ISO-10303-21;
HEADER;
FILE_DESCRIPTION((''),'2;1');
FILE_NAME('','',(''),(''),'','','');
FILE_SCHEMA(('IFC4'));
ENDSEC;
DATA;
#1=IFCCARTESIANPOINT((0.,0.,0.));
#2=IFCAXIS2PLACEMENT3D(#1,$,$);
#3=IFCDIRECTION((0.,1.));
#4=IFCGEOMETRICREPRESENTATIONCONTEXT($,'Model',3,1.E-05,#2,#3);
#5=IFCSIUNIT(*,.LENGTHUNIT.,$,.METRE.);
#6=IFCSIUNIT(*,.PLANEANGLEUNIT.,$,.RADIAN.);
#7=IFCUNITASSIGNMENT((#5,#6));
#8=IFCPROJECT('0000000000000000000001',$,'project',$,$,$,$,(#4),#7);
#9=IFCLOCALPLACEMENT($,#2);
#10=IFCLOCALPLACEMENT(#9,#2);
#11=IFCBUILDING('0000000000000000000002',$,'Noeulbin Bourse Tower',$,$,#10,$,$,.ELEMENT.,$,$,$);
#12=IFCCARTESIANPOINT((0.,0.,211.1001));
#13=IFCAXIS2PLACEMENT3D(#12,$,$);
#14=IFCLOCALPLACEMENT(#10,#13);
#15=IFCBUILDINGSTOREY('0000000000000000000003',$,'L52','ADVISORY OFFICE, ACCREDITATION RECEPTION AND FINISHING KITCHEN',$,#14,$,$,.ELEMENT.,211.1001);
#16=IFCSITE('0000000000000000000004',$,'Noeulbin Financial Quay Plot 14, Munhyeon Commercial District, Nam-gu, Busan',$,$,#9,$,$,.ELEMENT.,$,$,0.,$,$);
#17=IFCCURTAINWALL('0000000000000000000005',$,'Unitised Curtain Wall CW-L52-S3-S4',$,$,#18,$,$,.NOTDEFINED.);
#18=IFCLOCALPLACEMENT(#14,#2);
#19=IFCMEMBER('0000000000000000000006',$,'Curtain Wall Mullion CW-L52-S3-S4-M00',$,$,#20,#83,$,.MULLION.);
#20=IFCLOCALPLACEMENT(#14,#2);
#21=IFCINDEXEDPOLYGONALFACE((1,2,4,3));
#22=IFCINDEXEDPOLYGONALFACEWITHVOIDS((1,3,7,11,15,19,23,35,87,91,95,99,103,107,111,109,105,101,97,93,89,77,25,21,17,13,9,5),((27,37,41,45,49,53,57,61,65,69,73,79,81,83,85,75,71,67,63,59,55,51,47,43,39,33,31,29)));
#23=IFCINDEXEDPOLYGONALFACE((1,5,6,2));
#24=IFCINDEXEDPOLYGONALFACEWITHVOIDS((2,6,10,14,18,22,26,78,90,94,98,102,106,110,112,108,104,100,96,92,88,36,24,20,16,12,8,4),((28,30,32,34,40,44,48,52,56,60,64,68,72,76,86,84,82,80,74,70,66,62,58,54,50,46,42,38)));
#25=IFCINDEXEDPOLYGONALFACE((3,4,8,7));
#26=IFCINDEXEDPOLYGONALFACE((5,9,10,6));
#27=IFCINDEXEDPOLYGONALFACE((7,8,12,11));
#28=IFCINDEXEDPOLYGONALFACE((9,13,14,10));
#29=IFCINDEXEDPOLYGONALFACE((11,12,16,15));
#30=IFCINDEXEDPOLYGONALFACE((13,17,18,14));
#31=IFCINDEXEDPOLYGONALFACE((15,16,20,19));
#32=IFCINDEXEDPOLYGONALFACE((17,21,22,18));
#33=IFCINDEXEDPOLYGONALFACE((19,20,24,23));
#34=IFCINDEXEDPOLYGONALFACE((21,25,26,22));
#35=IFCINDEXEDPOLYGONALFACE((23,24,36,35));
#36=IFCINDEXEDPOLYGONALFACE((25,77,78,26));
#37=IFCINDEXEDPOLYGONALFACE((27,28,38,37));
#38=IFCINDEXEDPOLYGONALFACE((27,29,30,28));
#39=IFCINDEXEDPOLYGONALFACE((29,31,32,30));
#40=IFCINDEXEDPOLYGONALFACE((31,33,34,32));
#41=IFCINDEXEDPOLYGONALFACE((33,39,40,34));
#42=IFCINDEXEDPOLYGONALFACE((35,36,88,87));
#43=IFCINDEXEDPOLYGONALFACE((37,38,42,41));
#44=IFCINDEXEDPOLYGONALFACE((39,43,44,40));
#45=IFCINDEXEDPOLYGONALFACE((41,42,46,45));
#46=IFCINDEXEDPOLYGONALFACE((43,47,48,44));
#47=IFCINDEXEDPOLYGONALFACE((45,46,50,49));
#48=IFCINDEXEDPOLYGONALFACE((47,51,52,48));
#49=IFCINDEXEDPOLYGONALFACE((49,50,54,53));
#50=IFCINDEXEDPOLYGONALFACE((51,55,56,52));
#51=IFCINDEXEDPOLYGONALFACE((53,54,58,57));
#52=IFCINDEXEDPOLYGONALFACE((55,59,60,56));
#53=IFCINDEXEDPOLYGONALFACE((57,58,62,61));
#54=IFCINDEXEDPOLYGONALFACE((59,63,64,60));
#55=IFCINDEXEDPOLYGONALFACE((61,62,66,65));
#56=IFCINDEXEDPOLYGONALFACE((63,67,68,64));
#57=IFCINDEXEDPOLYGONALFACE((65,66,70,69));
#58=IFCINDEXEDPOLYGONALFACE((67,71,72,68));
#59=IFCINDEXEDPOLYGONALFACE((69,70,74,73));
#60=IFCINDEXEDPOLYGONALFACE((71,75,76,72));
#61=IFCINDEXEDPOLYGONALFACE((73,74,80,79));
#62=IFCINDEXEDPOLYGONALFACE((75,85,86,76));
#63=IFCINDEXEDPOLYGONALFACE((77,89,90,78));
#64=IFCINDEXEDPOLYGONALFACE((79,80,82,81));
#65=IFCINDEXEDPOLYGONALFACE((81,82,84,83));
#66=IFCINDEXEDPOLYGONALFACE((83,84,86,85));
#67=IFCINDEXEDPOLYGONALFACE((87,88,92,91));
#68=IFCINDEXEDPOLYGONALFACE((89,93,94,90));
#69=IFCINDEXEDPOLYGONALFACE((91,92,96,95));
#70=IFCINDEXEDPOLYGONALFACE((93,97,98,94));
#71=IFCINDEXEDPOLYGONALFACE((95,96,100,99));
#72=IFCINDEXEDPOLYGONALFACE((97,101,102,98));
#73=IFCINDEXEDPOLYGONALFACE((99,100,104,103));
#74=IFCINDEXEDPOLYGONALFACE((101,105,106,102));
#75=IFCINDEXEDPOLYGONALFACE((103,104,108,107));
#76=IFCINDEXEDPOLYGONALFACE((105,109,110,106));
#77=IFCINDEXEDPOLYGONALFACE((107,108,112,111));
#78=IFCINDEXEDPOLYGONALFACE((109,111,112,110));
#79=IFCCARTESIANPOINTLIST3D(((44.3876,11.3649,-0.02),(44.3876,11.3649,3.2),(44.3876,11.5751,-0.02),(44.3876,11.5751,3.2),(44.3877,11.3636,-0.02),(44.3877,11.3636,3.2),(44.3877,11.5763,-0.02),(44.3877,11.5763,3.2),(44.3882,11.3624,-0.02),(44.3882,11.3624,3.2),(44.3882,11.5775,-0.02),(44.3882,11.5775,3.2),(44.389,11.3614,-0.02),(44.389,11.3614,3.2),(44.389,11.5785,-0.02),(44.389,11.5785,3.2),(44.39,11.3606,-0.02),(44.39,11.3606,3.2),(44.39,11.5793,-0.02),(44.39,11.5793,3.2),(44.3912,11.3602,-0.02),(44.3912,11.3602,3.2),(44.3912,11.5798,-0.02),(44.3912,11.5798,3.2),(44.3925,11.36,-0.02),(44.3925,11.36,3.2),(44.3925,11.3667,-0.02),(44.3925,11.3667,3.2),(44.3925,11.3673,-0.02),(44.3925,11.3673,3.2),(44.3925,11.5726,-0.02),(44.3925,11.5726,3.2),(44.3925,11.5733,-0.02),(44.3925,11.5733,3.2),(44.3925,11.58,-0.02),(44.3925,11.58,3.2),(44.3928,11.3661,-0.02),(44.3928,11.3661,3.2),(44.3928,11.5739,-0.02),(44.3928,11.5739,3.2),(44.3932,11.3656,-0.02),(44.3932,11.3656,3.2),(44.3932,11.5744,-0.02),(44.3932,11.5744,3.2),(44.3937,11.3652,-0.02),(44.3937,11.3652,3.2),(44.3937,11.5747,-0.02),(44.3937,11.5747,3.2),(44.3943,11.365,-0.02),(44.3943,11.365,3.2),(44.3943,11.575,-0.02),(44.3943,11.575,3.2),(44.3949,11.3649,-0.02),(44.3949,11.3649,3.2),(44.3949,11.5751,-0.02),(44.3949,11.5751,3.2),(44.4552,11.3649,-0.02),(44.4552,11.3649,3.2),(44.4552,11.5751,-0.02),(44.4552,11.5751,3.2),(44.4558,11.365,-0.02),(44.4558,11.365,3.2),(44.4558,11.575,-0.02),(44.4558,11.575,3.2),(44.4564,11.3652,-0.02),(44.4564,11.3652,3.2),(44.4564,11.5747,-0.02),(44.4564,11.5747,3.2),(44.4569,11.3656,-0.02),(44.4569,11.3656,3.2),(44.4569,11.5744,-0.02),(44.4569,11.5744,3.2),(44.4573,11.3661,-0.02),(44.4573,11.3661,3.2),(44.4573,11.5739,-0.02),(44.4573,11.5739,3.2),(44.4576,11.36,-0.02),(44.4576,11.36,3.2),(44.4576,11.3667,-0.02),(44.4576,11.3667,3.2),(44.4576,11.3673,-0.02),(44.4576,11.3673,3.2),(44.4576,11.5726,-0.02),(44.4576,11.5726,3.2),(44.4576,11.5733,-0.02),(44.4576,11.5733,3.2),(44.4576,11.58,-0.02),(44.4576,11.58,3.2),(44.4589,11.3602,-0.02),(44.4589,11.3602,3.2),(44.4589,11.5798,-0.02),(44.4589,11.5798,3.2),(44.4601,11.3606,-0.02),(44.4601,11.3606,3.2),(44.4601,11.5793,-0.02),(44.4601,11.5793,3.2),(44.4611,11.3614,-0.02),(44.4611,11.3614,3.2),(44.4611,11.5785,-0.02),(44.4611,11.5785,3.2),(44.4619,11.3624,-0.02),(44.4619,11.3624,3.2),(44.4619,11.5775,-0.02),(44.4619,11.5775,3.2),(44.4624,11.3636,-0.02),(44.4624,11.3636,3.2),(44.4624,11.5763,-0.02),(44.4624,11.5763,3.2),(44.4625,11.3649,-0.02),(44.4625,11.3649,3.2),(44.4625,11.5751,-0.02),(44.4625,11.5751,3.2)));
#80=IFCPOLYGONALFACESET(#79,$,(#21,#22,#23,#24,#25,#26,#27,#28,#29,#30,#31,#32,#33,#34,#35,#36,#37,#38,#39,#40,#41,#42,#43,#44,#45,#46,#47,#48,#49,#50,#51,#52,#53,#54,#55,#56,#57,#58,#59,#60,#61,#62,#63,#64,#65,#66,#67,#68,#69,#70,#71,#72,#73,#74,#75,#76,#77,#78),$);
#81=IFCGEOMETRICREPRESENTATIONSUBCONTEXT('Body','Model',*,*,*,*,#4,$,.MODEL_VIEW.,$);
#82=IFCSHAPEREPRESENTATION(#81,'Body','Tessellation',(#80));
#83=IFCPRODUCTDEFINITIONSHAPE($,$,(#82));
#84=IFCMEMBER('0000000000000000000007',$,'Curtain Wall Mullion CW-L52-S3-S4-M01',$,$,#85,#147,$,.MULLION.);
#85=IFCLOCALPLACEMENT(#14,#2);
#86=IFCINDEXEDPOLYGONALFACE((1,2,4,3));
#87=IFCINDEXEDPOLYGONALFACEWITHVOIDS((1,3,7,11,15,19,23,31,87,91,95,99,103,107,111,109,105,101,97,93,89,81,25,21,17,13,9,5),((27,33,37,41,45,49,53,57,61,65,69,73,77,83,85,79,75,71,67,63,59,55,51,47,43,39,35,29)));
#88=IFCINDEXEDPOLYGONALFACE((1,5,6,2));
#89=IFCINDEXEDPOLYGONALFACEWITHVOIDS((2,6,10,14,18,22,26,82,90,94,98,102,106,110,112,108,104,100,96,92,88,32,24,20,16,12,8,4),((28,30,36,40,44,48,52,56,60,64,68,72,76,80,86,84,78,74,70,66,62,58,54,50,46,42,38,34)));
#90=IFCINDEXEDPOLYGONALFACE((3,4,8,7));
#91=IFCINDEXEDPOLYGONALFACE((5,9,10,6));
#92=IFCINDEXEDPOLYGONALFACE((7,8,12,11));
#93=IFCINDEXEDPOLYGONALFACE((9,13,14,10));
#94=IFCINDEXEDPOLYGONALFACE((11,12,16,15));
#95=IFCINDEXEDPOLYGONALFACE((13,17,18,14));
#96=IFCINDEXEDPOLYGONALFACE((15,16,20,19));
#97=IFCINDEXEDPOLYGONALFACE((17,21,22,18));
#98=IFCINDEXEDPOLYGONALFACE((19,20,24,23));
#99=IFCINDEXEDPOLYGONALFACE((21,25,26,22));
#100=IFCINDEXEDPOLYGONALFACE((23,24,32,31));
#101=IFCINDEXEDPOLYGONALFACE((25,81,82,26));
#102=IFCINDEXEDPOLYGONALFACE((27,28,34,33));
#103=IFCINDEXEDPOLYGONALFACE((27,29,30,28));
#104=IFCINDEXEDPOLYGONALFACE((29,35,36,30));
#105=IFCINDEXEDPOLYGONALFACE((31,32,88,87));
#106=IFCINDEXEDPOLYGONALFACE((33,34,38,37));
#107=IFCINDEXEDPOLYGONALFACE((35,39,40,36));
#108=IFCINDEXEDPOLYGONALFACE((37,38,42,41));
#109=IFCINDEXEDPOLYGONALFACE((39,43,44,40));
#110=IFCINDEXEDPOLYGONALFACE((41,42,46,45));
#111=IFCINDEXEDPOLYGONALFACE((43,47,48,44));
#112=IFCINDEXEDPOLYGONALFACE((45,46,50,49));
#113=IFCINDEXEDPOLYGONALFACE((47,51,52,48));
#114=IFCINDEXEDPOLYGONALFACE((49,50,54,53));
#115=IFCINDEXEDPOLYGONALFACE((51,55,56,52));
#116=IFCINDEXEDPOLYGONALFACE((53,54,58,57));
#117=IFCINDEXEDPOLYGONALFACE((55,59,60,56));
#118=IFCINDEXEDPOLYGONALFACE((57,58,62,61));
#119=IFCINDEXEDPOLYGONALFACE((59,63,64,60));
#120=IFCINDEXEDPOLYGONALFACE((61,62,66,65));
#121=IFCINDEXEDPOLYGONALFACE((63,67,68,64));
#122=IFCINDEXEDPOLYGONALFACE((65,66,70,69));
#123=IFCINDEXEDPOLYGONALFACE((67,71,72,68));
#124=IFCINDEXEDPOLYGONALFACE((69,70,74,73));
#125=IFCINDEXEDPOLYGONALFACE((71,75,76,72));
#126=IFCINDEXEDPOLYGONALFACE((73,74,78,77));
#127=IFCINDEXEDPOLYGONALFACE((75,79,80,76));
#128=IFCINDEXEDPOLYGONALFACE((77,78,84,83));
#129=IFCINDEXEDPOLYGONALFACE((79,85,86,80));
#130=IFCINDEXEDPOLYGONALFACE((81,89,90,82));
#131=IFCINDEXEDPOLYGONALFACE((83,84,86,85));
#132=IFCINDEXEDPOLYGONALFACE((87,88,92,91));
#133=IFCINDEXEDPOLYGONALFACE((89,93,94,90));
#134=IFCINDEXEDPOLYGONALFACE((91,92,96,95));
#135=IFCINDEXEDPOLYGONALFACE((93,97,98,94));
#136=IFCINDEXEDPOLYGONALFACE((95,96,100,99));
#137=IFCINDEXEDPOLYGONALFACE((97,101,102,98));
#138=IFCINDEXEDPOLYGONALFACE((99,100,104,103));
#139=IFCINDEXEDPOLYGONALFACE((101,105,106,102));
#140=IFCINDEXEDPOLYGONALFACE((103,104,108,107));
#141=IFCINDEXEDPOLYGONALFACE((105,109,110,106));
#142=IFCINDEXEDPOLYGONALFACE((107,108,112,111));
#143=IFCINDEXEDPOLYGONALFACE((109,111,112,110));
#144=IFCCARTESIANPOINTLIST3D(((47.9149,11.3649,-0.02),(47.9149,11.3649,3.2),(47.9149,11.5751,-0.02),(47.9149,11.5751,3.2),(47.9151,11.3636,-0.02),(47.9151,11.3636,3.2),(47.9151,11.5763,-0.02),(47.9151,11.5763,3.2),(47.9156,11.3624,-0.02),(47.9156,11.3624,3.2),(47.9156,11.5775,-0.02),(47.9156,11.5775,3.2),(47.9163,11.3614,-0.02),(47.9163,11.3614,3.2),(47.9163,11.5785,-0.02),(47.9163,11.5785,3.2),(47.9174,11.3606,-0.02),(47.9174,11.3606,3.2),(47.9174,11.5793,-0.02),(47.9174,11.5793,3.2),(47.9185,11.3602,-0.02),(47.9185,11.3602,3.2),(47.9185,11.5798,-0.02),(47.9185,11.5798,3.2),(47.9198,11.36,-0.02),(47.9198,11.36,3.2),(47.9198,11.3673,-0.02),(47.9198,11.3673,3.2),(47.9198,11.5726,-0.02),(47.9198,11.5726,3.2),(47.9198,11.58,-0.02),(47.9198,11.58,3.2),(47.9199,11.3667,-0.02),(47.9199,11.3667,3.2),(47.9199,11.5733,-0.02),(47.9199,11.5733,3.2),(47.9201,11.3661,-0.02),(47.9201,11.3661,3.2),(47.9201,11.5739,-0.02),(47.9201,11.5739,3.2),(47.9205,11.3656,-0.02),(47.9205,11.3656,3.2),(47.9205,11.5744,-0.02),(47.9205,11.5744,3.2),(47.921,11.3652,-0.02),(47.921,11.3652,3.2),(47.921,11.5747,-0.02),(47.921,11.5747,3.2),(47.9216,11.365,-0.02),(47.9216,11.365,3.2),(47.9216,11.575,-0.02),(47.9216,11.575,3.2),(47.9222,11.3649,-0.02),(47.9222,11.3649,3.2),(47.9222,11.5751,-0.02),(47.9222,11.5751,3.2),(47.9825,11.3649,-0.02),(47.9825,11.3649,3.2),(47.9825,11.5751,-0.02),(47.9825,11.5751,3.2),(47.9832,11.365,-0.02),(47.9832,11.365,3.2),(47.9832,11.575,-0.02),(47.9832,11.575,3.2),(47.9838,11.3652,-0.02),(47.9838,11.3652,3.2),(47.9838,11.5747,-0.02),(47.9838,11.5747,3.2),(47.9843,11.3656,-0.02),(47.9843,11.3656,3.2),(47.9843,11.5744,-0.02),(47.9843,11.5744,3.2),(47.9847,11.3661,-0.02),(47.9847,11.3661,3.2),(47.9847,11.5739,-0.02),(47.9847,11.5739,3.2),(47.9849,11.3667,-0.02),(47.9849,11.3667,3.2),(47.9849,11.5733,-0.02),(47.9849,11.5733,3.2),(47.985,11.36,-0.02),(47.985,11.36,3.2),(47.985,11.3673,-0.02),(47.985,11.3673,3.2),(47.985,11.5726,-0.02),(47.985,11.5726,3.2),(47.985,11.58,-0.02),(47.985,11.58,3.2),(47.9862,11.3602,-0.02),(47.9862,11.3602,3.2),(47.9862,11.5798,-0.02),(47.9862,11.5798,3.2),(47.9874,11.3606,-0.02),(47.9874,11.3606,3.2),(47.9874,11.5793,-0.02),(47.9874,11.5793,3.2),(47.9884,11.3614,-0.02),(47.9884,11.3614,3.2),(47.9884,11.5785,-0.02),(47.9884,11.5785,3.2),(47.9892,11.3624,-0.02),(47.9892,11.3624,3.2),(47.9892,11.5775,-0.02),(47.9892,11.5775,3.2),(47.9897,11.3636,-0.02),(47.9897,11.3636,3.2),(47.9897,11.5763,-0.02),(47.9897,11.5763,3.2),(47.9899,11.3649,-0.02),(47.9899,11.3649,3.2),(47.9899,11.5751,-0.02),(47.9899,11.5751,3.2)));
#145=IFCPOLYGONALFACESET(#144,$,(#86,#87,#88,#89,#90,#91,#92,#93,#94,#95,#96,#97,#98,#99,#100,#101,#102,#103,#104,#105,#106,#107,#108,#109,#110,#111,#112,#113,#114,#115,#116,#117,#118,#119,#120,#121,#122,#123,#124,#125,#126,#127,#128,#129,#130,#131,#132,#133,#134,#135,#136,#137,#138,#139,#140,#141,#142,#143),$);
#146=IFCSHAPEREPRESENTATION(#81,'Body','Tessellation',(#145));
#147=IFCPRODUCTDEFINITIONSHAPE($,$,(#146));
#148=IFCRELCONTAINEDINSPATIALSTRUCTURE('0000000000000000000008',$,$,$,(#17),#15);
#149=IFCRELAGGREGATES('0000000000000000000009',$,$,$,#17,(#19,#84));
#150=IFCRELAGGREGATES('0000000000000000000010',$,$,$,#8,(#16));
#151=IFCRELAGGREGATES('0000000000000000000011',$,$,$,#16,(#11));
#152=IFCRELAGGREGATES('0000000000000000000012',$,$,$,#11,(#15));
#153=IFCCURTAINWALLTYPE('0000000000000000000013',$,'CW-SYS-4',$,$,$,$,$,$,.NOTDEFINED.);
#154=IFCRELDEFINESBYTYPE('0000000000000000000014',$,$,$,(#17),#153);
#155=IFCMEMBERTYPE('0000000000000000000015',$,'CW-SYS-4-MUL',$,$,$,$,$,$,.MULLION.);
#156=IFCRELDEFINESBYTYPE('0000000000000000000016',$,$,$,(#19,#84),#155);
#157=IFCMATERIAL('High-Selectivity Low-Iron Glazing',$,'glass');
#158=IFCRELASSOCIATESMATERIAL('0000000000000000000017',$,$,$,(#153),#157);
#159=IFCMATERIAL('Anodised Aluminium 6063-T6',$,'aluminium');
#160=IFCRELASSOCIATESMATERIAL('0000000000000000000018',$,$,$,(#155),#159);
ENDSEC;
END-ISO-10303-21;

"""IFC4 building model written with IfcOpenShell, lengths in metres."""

from ifc_helpers import new_model, si_unit, direction, frame, origin, origin_2d, place, context, subcontext, project, spatial, hollow_rectangle, extrude, material, material_profile, profile_set, type_object, element, aggregate, save


model = new_model("IFC4")

# Units and contexts
model_context = context("Model", 3, precision=1e-05, world=origin(), true_north=direction((0.0, 1.0)))
body_context = subcontext(model_context, "Body", "Model", "MODEL_VIEW")
ifc_project = project(units=[si_unit("LENGTHUNIT", "METRE"), si_unit("PLANEANGLEUNIT", "RADIAN")], contexts=[model_context])

# Site, building, storey
site_placement = place(None, origin())
site = spatial("IfcSite", under=ifc_project, at=site_placement, Name="Noeulbin Financial Quay Plot 14, Munhyeon Commercial District, Nam-gu, Busan", CompositionType="ELEMENT", RefElevation=0.0)
building_placement = place(site_placement, origin())
building = spatial("IfcBuilding", under=site, at=building_placement, Name="Noeulbin Bourse Tower", CompositionType="ELEMENT")
storey_placement = place(building_placement, frame((0.0, 0.0, 211.1001)))
storey = spatial("IfcBuildingStorey", under=building, at=storey_placement, Name="L52", Description="ADVISORY OFFICE, ACCREDITATION RECEPTION AND FINISHING KITCHEN", CompositionType="ELEMENT", Elevation=211.1001)

# Curtain wall, members
ifc_material_1 = material(Name="High-Selectivity Low-Iron Glazing", Category="glass")
curtain_wall_type = type_object("IfcCurtainWallType", Name="CW-SYS-4", PredefinedType="NOTDEFINED", material=ifc_material_1)
ifc_material_2 = material(Name="Anodised Aluminium 6063-T6", Category="aluminium")
ifc_material_profile_1 = material_profile(ifc_material_2, hollow_rectangle(XDim=0.075, YDim=0.22, WallThickness=0.0049, InnerFilletRadius=0.0024, OuterFilletRadius=0.0049, at=origin_2d()), Name="ALU-MULL-75x220x5", Category="LoadBearing")
ifc_profile_set_1 = profile_set([ifc_material_profile_1], Name="Anodised Aluminium 6063-T6")
member_type_1 = type_object("IfcMemberType", Name="CW-SYS-4-MUL", PredefinedType="MULLION", material=ifc_profile_set_1)
curtain_wall_1_placement = place(storey_placement, origin())
curtain_wall_1 = element("IfcCurtainWall", 1, at=curtain_wall_1_placement, inside=storey, type_object=curtain_wall_type, Name="Unitised Curtain Wall CW-L52-S3-S4", PredefinedType="NOTDEFINED")
member_1_placement = place(storey_placement, frame((44.425, 11.47, -0.02), z_axis=(0.0, 0.0, 1.0), x_axis=(1.0, 0.0, 0.0)))
member_1 = element("IfcMember", 2, at=member_1_placement, type_object=member_type_1, Name="Curtain Wall Mullion CW-L52-S3-S4-M00", PredefinedType="MULLION", context=body_context, shape_type="SweptSolid", body=[
    extrude(hollow_rectangle(XDim=0.075, YDim=0.22, WallThickness=0.0049, InnerFilletRadius=0.0024, OuterFilletRadius=0.0049, at=origin_2d()), origin(), (0.0, 0.0, 1.0), 3.22),
])
member_2_placement = place(storey_placement, frame((47.9524, 11.47, -0.02), z_axis=(0.0, 0.0, 1.0), x_axis=(1.0, 0.0, 0.0)))
member_2 = element("IfcMember", 3, at=member_2_placement, type_object=member_type_1, Name="Curtain Wall Mullion CW-L52-S3-S4-M01", PredefinedType="MULLION", context=body_context, shape_type="SweptSolid", body=[
    extrude(hollow_rectangle(XDim=0.075, YDim=0.22, WallThickness=0.0049, InnerFilletRadius=0.0024, OuterFilletRadius=0.0049, at=origin_2d()), origin(), (0.0, 0.0, 1.0), 3.22),
])

aggregate(curtain_wall_1, [member_1, member_2])

save(model, "model.ifc")
